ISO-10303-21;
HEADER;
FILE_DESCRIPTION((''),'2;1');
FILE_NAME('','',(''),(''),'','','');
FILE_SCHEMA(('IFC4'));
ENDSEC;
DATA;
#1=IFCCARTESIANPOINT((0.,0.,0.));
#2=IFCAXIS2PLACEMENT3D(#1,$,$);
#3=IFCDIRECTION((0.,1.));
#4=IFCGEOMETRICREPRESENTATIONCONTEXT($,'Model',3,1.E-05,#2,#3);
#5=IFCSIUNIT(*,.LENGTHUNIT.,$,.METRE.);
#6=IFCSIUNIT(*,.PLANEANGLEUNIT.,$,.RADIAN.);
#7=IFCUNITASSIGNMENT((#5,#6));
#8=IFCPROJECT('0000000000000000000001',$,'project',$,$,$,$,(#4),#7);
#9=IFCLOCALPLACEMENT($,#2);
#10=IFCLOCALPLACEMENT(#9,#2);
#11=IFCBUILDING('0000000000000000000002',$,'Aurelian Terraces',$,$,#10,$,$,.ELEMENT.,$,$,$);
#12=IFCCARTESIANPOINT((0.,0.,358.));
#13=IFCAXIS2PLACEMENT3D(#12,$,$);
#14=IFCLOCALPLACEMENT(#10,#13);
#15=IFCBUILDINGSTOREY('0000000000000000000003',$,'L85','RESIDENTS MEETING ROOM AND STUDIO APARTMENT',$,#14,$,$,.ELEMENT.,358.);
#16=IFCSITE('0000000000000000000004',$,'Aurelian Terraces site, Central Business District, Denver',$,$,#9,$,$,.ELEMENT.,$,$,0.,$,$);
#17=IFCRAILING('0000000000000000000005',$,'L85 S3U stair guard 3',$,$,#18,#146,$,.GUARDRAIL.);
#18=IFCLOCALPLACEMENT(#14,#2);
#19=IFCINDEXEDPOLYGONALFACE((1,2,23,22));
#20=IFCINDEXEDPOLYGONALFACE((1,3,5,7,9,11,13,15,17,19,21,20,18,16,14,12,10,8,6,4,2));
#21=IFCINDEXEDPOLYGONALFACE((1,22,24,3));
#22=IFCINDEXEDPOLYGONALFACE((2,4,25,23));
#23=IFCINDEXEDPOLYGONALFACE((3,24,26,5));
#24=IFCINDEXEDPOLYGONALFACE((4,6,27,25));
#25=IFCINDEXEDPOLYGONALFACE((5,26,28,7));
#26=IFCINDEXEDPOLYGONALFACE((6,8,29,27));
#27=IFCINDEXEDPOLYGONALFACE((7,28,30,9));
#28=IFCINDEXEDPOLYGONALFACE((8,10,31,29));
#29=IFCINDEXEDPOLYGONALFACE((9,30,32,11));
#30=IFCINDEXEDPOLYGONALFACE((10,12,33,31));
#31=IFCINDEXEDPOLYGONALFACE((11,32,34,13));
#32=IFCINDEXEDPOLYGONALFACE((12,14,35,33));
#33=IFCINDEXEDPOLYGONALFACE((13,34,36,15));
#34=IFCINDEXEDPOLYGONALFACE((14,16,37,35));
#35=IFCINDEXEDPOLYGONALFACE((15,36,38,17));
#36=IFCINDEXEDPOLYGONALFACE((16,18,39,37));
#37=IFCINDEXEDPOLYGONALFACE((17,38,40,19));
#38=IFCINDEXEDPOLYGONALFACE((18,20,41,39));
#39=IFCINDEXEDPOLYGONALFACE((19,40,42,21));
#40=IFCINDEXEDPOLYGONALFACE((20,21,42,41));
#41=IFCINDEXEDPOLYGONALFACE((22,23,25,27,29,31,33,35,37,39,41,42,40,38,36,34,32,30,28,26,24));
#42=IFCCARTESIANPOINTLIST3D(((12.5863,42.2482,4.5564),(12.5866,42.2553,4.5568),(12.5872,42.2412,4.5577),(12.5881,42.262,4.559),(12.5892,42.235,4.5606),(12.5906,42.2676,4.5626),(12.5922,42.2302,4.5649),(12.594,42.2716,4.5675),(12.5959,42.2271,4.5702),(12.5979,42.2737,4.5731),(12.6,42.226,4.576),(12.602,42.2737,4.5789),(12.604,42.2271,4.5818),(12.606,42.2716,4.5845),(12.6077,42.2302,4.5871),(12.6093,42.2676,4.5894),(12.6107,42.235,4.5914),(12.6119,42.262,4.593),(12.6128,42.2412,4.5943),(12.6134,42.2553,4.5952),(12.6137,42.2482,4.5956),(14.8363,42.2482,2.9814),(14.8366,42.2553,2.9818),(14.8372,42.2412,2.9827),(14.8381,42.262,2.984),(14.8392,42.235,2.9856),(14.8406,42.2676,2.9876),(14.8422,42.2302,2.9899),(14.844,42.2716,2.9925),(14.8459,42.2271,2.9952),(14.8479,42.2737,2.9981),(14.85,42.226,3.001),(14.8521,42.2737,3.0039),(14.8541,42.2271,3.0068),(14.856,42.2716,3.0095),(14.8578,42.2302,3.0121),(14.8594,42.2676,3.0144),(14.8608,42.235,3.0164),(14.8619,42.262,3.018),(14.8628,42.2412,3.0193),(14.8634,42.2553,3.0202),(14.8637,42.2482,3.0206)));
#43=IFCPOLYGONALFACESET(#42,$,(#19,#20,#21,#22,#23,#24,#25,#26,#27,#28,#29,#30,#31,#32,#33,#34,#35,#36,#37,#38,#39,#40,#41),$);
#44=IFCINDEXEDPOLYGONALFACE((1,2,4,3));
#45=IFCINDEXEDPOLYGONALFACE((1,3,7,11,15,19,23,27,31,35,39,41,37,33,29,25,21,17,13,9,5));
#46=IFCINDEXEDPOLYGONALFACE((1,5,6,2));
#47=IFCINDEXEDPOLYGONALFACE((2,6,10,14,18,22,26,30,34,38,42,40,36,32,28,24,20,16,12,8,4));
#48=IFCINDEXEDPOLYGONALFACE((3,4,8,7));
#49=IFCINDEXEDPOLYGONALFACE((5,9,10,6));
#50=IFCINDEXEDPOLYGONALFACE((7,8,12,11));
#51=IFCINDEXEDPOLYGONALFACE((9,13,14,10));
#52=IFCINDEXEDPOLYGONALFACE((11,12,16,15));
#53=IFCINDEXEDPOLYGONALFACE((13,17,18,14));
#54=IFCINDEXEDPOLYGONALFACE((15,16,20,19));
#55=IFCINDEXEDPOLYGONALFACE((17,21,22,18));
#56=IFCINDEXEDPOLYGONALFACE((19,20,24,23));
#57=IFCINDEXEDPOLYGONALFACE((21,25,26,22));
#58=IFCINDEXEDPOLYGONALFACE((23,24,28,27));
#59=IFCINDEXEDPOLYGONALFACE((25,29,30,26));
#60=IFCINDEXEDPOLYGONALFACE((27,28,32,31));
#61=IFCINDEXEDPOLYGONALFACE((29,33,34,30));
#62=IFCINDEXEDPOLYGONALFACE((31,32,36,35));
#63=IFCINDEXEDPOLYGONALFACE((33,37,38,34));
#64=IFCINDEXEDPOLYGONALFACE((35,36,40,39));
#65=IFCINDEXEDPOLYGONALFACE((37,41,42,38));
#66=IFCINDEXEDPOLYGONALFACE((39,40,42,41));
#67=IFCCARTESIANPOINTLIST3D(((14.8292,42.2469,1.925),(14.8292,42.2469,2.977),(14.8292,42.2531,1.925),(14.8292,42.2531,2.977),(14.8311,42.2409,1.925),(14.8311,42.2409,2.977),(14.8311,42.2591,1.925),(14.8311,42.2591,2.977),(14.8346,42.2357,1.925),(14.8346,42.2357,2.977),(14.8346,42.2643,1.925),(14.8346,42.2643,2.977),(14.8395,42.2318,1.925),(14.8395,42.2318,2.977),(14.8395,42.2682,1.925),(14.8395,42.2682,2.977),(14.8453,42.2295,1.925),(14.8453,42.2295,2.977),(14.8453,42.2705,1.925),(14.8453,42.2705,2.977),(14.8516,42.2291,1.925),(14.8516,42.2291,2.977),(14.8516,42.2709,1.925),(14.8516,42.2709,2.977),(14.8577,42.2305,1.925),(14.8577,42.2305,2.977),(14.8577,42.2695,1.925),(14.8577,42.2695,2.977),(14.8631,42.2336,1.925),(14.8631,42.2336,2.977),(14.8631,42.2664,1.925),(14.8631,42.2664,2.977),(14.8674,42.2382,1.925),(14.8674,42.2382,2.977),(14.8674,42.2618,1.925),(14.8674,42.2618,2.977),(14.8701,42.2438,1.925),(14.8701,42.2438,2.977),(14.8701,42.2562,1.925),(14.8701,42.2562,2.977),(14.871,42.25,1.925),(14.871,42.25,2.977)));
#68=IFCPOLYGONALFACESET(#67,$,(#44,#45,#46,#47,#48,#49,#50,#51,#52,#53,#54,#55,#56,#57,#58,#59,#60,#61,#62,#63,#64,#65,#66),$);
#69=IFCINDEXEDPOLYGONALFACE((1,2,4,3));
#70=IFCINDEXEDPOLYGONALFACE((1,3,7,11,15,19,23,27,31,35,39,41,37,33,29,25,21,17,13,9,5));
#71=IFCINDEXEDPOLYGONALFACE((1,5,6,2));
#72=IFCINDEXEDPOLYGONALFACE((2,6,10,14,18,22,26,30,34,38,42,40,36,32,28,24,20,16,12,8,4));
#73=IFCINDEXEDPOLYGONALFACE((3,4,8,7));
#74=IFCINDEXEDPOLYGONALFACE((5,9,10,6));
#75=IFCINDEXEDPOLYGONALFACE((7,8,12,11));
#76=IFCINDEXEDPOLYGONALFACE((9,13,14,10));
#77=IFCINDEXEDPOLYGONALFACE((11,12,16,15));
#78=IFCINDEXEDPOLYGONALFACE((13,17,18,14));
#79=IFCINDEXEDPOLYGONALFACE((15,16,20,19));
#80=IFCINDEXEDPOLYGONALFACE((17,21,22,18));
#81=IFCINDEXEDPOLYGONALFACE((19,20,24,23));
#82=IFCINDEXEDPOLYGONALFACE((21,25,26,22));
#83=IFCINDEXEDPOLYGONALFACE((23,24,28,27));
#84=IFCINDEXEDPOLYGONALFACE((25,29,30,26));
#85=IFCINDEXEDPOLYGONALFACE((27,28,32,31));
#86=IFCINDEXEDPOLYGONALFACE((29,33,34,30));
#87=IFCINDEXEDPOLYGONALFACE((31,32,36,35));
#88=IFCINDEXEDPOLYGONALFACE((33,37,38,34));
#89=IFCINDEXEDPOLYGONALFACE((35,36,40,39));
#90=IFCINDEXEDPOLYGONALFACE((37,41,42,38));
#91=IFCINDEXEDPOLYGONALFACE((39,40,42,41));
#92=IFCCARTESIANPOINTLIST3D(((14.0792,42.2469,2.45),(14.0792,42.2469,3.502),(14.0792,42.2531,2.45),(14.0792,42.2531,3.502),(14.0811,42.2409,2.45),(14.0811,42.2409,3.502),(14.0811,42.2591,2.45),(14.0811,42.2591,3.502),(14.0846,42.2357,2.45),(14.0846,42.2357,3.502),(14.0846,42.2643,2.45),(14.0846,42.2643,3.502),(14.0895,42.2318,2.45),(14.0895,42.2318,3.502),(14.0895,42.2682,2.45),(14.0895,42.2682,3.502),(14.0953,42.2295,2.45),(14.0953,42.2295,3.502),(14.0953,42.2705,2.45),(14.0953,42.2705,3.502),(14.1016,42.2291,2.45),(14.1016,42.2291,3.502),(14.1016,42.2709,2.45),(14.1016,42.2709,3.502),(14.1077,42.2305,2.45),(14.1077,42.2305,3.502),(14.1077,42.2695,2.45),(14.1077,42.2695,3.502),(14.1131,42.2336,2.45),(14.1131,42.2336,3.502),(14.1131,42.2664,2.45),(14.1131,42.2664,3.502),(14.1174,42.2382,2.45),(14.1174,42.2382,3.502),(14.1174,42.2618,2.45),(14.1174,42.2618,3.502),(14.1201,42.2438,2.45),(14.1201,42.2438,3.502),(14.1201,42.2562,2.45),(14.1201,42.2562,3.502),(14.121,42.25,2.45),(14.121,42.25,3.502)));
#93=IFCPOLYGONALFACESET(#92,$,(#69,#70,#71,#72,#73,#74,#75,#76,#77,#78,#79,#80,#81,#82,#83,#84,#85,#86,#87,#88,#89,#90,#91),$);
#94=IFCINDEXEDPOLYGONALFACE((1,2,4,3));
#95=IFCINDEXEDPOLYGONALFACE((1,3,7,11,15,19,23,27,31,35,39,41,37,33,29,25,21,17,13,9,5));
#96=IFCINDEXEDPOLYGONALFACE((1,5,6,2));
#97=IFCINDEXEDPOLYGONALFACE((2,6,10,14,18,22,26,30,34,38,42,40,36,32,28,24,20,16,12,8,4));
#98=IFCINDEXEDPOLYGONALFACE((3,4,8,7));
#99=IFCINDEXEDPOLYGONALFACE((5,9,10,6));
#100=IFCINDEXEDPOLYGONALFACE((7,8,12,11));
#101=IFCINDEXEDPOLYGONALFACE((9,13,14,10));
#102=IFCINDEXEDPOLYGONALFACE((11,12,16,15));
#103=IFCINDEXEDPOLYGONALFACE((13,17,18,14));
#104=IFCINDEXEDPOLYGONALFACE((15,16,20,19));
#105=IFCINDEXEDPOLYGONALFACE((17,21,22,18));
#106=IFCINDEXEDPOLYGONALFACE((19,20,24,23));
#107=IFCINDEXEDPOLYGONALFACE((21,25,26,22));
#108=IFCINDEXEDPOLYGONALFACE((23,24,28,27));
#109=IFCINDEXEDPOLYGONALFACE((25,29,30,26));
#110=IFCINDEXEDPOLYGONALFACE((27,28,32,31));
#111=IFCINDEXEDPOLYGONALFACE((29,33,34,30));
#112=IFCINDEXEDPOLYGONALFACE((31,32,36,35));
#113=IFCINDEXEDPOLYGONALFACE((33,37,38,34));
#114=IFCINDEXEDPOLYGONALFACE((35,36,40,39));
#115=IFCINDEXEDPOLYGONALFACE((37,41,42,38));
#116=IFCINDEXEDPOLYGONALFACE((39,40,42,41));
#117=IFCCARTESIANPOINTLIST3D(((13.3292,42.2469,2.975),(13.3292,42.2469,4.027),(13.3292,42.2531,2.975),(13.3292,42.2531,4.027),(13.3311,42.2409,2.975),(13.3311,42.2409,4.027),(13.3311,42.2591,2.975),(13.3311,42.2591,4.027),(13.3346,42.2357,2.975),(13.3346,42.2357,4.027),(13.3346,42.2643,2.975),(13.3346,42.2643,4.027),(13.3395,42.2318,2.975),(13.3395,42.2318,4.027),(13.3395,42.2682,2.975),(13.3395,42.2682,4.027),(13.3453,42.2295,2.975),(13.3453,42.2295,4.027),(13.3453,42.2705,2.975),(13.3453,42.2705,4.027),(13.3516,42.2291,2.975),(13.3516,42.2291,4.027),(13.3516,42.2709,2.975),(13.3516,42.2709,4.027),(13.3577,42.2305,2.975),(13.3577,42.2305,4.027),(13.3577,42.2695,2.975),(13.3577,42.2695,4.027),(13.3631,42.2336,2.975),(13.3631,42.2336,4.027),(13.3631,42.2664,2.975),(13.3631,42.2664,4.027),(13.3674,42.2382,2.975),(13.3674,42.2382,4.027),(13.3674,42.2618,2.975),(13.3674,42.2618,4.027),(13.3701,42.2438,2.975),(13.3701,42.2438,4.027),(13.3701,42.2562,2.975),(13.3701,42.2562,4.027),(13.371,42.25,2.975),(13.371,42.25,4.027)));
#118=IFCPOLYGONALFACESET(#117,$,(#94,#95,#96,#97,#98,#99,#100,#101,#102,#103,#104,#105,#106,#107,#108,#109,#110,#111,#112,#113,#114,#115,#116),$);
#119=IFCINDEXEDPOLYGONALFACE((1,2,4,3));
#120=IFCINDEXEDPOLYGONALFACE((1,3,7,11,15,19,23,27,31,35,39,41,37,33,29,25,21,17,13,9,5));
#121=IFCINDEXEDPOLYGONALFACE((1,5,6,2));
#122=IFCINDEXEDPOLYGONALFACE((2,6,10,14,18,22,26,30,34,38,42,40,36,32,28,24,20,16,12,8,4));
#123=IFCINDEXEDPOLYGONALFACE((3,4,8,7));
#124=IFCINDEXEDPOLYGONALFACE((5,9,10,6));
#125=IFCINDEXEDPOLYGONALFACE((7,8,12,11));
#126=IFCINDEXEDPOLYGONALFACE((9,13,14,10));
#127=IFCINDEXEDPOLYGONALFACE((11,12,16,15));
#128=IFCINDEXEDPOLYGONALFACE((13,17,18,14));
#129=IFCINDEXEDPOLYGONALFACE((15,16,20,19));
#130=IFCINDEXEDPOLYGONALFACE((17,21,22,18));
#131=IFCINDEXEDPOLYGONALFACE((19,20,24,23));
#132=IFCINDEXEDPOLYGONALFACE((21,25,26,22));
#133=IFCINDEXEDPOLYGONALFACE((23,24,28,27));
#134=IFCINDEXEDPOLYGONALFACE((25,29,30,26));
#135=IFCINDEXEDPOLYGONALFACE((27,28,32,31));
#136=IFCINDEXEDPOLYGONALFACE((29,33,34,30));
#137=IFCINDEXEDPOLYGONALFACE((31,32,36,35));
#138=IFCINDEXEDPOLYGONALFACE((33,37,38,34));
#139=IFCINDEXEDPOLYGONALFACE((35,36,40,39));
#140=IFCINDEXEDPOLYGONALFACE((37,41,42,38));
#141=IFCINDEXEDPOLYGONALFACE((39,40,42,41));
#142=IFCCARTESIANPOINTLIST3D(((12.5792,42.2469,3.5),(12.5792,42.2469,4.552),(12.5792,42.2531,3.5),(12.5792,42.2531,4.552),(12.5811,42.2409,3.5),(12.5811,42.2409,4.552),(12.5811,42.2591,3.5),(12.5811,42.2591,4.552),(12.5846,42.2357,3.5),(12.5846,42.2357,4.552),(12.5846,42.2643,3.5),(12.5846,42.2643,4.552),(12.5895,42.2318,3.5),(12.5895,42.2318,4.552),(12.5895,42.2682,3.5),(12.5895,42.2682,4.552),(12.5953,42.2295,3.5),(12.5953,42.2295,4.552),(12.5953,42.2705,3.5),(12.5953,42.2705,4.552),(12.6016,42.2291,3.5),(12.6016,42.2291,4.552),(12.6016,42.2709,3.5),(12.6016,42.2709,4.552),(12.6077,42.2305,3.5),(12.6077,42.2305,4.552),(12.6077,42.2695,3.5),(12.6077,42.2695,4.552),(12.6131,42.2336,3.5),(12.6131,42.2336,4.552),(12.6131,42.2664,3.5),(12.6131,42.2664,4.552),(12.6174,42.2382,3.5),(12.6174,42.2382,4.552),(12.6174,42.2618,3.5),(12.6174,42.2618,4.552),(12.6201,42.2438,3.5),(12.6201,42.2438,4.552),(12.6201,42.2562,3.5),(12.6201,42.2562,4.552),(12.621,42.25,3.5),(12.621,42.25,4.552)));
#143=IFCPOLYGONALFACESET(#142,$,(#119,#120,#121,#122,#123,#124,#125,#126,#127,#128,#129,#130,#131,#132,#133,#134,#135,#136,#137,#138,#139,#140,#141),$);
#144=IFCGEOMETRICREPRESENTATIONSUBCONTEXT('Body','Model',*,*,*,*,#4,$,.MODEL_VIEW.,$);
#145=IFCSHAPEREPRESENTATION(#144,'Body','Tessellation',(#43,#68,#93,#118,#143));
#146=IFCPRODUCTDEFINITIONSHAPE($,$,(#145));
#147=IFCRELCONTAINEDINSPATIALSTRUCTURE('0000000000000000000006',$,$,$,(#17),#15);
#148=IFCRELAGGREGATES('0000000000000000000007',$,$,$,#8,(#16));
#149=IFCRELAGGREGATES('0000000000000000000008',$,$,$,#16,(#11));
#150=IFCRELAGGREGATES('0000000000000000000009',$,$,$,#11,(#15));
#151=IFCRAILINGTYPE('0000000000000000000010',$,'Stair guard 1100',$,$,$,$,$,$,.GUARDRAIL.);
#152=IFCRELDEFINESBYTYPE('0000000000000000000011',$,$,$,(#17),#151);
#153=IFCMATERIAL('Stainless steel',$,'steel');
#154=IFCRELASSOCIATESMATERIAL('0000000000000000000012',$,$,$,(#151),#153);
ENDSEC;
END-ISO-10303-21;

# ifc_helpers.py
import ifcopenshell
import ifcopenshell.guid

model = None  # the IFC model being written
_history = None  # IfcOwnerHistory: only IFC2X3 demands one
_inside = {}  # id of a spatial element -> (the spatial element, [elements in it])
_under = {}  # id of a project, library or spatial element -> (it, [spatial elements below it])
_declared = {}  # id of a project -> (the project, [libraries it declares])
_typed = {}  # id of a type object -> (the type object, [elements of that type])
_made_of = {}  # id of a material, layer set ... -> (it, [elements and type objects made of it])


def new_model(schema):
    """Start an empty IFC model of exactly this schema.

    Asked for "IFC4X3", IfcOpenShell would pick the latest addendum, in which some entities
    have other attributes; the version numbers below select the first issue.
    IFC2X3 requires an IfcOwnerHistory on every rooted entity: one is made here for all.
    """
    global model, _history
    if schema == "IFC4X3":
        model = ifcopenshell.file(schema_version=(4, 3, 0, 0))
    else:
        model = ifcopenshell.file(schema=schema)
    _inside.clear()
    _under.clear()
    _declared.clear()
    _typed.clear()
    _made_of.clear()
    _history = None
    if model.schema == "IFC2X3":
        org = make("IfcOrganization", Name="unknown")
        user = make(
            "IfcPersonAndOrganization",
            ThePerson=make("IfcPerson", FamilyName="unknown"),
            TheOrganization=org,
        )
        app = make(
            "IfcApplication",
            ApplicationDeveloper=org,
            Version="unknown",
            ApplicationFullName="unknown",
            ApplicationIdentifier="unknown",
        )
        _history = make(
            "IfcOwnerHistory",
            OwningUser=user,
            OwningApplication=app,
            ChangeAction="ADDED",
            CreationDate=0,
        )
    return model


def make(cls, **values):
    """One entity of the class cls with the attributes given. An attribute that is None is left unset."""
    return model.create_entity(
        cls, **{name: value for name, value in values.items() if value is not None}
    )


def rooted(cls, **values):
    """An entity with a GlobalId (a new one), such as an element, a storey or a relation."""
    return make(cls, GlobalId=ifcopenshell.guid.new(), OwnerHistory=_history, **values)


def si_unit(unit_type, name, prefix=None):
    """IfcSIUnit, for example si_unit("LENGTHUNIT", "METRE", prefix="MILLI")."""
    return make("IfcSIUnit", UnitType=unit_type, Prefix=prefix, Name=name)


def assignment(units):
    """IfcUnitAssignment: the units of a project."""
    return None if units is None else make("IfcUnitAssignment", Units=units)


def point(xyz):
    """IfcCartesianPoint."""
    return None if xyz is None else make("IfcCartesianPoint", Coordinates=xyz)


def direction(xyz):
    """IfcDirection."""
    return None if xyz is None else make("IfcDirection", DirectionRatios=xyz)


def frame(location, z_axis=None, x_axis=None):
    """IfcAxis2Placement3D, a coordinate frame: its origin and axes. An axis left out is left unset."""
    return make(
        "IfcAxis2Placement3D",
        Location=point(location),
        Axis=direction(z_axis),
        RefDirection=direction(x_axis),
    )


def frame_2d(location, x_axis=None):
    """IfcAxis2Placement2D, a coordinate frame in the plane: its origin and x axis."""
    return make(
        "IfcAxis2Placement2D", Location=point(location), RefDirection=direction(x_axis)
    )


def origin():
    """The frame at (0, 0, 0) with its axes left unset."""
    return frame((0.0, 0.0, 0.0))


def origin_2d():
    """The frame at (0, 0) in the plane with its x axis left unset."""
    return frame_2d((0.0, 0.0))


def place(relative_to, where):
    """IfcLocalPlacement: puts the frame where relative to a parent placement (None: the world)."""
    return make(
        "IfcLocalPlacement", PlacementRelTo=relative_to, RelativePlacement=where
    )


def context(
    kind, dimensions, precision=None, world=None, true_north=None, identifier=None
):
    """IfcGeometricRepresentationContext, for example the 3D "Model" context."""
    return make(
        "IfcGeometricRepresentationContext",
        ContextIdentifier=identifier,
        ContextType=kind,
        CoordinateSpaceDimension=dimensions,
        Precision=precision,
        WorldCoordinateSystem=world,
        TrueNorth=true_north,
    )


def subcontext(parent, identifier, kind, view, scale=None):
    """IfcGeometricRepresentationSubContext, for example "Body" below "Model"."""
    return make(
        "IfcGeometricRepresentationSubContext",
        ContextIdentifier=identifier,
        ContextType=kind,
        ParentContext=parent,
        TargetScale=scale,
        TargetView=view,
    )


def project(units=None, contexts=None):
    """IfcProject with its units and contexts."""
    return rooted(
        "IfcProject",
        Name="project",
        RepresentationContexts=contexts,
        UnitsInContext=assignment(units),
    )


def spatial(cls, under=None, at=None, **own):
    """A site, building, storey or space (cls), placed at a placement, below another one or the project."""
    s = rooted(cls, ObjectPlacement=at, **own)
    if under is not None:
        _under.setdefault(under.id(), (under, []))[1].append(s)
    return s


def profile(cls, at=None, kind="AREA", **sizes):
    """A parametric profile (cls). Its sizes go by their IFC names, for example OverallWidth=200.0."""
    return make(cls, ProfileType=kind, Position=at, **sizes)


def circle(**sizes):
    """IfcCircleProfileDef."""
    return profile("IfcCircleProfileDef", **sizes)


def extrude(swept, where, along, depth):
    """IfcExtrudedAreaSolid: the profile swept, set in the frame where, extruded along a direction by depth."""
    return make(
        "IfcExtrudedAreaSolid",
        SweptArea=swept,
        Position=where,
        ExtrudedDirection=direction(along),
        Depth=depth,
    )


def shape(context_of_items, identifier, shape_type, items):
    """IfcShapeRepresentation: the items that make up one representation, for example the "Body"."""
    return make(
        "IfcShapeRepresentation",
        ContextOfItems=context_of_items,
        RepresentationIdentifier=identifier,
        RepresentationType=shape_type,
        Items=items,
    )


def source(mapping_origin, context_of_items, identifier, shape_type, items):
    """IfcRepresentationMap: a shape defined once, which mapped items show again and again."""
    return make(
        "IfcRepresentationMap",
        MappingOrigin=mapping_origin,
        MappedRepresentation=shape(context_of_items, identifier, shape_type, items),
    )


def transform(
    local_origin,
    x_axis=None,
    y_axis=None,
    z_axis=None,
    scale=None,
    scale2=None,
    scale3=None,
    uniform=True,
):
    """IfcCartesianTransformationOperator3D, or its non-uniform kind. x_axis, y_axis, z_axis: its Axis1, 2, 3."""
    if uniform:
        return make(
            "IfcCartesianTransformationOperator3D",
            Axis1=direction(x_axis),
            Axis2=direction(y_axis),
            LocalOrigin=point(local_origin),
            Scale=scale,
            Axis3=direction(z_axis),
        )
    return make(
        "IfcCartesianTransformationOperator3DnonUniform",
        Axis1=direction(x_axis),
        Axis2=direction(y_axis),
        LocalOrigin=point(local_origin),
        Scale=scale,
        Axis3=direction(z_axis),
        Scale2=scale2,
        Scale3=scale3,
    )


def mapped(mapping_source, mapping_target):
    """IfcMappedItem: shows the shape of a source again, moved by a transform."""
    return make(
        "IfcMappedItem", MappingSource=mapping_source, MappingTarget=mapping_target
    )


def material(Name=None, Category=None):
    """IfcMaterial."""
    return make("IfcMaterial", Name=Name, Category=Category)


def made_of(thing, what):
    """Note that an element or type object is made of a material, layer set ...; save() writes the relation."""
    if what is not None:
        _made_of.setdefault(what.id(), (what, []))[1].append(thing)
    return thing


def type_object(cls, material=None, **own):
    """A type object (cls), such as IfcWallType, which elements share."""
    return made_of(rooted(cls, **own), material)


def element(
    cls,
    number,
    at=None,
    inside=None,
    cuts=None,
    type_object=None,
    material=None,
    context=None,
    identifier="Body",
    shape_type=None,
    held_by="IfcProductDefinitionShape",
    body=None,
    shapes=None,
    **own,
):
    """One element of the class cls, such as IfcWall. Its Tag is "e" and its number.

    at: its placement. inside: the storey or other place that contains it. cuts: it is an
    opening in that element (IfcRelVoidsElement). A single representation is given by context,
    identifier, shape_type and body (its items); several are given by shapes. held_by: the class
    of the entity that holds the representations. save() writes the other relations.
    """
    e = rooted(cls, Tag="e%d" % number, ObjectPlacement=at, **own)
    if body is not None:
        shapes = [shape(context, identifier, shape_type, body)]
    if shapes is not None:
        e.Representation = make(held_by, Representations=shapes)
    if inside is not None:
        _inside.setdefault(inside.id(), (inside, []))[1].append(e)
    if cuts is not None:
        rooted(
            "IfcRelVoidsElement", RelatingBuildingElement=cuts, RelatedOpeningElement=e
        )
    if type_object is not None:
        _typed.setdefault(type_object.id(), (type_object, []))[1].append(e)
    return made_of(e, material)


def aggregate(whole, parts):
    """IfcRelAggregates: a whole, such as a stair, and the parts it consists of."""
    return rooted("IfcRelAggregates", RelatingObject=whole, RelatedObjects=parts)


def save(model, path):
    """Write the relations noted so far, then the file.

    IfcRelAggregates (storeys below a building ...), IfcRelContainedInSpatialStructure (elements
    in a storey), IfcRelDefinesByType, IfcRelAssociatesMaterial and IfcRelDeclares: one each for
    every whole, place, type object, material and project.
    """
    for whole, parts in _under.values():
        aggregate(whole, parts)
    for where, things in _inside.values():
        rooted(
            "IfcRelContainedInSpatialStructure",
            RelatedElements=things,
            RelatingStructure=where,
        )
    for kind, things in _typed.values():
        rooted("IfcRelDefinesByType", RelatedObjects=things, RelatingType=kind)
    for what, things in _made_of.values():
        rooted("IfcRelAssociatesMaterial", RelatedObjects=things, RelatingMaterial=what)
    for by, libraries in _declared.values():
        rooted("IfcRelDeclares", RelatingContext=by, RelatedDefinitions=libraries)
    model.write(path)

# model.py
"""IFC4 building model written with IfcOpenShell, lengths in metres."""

from ifc_helpers import new_model, si_unit, direction, frame, origin, origin_2d, place, context, subcontext, project, spatial, circle, extrude, source, transform, mapped, material, type_object, element, save


model = new_model("IFC4")

# Units and contexts
model_context = context("Model", 3, precision=1e-05, world=origin(), true_north=direction((0.0, 1.0)))
body_context = subcontext(model_context, "Body", "Model", "MODEL_VIEW")
ifc_project = project(units=[si_unit("LENGTHUNIT", "METRE"), si_unit("PLANEANGLEUNIT", "RADIAN")], contexts=[model_context])

# Site, building, storey
site_placement = place(None, origin())
site = spatial("IfcSite", under=ifc_project, at=site_placement, Name="Aurelian Terraces site, Central Business District, Denver", CompositionType="ELEMENT", RefElevation=0.0)
building_placement = place(site_placement, origin())
building = spatial("IfcBuilding", under=site, at=building_placement, Name="Aurelian Terraces", CompositionType="ELEMENT")
storey_placement = place(building_placement, frame((0.0, 0.0, 358.0)))
storey = spatial("IfcBuildingStorey", under=building, at=storey_placement, Name="L85", Description="RESIDENTS MEETING ROOM AND STUDIO APARTMENT", CompositionType="ELEMENT", Elevation=358.0)

# Railing
ifc_material_1 = material(Name="Stainless steel", Category="steel")
railing_type_1 = type_object("IfcRailingType", Name="Stair guard 1100", PredefinedType="GUARDRAIL", material=ifc_material_1)
shared_shape_1 = source(origin(), body_context, "Body", "SweptSolid", [
    extrude(circle(Radius=0.024, at=origin_2d()), frame((0.0, 0.0, 1.076), z_axis=(-0.819232, 0.0, 0.573462), x_axis=(0.0, -1.0, 0.0)), (0.0, 0.0, 1.0), 2.7465),
    extrude(circle(Radius=0.021, at=origin_2d()), origin(), (0.0, 0.0, 1.0), 1.052),
    extrude(circle(Radius=0.021, at=origin_2d()), frame((-0.75, 0.0, 0.525)), (0.0, 0.0, 1.0), 1.052),
    extrude(circle(Radius=0.021, at=origin_2d()), frame((-1.5, 0.0, 1.05)), (0.0, 0.0, 1.0), 1.052),
    extrude(circle(Radius=0.021, at=origin_2d()), frame((-2.25, 0.0, 1.575)), (0.0, 0.0, 1.0), 1.052),
])
railing_1_placement = place(storey_placement, frame((14.85, 42.25, 1.925)))
element("IfcRailing", 1, at=railing_1_placement, inside=storey, type_object=railing_type_1, Name="L85 S3U stair guard 3", PredefinedType="GUARDRAIL", context=body_context, shape_type="MappedRepresentation", body=[
    mapped(shared_shape_1, transform((0.0, 0.0, 0.0), scale=1.0)),
])

save(model, "model.ifc")
